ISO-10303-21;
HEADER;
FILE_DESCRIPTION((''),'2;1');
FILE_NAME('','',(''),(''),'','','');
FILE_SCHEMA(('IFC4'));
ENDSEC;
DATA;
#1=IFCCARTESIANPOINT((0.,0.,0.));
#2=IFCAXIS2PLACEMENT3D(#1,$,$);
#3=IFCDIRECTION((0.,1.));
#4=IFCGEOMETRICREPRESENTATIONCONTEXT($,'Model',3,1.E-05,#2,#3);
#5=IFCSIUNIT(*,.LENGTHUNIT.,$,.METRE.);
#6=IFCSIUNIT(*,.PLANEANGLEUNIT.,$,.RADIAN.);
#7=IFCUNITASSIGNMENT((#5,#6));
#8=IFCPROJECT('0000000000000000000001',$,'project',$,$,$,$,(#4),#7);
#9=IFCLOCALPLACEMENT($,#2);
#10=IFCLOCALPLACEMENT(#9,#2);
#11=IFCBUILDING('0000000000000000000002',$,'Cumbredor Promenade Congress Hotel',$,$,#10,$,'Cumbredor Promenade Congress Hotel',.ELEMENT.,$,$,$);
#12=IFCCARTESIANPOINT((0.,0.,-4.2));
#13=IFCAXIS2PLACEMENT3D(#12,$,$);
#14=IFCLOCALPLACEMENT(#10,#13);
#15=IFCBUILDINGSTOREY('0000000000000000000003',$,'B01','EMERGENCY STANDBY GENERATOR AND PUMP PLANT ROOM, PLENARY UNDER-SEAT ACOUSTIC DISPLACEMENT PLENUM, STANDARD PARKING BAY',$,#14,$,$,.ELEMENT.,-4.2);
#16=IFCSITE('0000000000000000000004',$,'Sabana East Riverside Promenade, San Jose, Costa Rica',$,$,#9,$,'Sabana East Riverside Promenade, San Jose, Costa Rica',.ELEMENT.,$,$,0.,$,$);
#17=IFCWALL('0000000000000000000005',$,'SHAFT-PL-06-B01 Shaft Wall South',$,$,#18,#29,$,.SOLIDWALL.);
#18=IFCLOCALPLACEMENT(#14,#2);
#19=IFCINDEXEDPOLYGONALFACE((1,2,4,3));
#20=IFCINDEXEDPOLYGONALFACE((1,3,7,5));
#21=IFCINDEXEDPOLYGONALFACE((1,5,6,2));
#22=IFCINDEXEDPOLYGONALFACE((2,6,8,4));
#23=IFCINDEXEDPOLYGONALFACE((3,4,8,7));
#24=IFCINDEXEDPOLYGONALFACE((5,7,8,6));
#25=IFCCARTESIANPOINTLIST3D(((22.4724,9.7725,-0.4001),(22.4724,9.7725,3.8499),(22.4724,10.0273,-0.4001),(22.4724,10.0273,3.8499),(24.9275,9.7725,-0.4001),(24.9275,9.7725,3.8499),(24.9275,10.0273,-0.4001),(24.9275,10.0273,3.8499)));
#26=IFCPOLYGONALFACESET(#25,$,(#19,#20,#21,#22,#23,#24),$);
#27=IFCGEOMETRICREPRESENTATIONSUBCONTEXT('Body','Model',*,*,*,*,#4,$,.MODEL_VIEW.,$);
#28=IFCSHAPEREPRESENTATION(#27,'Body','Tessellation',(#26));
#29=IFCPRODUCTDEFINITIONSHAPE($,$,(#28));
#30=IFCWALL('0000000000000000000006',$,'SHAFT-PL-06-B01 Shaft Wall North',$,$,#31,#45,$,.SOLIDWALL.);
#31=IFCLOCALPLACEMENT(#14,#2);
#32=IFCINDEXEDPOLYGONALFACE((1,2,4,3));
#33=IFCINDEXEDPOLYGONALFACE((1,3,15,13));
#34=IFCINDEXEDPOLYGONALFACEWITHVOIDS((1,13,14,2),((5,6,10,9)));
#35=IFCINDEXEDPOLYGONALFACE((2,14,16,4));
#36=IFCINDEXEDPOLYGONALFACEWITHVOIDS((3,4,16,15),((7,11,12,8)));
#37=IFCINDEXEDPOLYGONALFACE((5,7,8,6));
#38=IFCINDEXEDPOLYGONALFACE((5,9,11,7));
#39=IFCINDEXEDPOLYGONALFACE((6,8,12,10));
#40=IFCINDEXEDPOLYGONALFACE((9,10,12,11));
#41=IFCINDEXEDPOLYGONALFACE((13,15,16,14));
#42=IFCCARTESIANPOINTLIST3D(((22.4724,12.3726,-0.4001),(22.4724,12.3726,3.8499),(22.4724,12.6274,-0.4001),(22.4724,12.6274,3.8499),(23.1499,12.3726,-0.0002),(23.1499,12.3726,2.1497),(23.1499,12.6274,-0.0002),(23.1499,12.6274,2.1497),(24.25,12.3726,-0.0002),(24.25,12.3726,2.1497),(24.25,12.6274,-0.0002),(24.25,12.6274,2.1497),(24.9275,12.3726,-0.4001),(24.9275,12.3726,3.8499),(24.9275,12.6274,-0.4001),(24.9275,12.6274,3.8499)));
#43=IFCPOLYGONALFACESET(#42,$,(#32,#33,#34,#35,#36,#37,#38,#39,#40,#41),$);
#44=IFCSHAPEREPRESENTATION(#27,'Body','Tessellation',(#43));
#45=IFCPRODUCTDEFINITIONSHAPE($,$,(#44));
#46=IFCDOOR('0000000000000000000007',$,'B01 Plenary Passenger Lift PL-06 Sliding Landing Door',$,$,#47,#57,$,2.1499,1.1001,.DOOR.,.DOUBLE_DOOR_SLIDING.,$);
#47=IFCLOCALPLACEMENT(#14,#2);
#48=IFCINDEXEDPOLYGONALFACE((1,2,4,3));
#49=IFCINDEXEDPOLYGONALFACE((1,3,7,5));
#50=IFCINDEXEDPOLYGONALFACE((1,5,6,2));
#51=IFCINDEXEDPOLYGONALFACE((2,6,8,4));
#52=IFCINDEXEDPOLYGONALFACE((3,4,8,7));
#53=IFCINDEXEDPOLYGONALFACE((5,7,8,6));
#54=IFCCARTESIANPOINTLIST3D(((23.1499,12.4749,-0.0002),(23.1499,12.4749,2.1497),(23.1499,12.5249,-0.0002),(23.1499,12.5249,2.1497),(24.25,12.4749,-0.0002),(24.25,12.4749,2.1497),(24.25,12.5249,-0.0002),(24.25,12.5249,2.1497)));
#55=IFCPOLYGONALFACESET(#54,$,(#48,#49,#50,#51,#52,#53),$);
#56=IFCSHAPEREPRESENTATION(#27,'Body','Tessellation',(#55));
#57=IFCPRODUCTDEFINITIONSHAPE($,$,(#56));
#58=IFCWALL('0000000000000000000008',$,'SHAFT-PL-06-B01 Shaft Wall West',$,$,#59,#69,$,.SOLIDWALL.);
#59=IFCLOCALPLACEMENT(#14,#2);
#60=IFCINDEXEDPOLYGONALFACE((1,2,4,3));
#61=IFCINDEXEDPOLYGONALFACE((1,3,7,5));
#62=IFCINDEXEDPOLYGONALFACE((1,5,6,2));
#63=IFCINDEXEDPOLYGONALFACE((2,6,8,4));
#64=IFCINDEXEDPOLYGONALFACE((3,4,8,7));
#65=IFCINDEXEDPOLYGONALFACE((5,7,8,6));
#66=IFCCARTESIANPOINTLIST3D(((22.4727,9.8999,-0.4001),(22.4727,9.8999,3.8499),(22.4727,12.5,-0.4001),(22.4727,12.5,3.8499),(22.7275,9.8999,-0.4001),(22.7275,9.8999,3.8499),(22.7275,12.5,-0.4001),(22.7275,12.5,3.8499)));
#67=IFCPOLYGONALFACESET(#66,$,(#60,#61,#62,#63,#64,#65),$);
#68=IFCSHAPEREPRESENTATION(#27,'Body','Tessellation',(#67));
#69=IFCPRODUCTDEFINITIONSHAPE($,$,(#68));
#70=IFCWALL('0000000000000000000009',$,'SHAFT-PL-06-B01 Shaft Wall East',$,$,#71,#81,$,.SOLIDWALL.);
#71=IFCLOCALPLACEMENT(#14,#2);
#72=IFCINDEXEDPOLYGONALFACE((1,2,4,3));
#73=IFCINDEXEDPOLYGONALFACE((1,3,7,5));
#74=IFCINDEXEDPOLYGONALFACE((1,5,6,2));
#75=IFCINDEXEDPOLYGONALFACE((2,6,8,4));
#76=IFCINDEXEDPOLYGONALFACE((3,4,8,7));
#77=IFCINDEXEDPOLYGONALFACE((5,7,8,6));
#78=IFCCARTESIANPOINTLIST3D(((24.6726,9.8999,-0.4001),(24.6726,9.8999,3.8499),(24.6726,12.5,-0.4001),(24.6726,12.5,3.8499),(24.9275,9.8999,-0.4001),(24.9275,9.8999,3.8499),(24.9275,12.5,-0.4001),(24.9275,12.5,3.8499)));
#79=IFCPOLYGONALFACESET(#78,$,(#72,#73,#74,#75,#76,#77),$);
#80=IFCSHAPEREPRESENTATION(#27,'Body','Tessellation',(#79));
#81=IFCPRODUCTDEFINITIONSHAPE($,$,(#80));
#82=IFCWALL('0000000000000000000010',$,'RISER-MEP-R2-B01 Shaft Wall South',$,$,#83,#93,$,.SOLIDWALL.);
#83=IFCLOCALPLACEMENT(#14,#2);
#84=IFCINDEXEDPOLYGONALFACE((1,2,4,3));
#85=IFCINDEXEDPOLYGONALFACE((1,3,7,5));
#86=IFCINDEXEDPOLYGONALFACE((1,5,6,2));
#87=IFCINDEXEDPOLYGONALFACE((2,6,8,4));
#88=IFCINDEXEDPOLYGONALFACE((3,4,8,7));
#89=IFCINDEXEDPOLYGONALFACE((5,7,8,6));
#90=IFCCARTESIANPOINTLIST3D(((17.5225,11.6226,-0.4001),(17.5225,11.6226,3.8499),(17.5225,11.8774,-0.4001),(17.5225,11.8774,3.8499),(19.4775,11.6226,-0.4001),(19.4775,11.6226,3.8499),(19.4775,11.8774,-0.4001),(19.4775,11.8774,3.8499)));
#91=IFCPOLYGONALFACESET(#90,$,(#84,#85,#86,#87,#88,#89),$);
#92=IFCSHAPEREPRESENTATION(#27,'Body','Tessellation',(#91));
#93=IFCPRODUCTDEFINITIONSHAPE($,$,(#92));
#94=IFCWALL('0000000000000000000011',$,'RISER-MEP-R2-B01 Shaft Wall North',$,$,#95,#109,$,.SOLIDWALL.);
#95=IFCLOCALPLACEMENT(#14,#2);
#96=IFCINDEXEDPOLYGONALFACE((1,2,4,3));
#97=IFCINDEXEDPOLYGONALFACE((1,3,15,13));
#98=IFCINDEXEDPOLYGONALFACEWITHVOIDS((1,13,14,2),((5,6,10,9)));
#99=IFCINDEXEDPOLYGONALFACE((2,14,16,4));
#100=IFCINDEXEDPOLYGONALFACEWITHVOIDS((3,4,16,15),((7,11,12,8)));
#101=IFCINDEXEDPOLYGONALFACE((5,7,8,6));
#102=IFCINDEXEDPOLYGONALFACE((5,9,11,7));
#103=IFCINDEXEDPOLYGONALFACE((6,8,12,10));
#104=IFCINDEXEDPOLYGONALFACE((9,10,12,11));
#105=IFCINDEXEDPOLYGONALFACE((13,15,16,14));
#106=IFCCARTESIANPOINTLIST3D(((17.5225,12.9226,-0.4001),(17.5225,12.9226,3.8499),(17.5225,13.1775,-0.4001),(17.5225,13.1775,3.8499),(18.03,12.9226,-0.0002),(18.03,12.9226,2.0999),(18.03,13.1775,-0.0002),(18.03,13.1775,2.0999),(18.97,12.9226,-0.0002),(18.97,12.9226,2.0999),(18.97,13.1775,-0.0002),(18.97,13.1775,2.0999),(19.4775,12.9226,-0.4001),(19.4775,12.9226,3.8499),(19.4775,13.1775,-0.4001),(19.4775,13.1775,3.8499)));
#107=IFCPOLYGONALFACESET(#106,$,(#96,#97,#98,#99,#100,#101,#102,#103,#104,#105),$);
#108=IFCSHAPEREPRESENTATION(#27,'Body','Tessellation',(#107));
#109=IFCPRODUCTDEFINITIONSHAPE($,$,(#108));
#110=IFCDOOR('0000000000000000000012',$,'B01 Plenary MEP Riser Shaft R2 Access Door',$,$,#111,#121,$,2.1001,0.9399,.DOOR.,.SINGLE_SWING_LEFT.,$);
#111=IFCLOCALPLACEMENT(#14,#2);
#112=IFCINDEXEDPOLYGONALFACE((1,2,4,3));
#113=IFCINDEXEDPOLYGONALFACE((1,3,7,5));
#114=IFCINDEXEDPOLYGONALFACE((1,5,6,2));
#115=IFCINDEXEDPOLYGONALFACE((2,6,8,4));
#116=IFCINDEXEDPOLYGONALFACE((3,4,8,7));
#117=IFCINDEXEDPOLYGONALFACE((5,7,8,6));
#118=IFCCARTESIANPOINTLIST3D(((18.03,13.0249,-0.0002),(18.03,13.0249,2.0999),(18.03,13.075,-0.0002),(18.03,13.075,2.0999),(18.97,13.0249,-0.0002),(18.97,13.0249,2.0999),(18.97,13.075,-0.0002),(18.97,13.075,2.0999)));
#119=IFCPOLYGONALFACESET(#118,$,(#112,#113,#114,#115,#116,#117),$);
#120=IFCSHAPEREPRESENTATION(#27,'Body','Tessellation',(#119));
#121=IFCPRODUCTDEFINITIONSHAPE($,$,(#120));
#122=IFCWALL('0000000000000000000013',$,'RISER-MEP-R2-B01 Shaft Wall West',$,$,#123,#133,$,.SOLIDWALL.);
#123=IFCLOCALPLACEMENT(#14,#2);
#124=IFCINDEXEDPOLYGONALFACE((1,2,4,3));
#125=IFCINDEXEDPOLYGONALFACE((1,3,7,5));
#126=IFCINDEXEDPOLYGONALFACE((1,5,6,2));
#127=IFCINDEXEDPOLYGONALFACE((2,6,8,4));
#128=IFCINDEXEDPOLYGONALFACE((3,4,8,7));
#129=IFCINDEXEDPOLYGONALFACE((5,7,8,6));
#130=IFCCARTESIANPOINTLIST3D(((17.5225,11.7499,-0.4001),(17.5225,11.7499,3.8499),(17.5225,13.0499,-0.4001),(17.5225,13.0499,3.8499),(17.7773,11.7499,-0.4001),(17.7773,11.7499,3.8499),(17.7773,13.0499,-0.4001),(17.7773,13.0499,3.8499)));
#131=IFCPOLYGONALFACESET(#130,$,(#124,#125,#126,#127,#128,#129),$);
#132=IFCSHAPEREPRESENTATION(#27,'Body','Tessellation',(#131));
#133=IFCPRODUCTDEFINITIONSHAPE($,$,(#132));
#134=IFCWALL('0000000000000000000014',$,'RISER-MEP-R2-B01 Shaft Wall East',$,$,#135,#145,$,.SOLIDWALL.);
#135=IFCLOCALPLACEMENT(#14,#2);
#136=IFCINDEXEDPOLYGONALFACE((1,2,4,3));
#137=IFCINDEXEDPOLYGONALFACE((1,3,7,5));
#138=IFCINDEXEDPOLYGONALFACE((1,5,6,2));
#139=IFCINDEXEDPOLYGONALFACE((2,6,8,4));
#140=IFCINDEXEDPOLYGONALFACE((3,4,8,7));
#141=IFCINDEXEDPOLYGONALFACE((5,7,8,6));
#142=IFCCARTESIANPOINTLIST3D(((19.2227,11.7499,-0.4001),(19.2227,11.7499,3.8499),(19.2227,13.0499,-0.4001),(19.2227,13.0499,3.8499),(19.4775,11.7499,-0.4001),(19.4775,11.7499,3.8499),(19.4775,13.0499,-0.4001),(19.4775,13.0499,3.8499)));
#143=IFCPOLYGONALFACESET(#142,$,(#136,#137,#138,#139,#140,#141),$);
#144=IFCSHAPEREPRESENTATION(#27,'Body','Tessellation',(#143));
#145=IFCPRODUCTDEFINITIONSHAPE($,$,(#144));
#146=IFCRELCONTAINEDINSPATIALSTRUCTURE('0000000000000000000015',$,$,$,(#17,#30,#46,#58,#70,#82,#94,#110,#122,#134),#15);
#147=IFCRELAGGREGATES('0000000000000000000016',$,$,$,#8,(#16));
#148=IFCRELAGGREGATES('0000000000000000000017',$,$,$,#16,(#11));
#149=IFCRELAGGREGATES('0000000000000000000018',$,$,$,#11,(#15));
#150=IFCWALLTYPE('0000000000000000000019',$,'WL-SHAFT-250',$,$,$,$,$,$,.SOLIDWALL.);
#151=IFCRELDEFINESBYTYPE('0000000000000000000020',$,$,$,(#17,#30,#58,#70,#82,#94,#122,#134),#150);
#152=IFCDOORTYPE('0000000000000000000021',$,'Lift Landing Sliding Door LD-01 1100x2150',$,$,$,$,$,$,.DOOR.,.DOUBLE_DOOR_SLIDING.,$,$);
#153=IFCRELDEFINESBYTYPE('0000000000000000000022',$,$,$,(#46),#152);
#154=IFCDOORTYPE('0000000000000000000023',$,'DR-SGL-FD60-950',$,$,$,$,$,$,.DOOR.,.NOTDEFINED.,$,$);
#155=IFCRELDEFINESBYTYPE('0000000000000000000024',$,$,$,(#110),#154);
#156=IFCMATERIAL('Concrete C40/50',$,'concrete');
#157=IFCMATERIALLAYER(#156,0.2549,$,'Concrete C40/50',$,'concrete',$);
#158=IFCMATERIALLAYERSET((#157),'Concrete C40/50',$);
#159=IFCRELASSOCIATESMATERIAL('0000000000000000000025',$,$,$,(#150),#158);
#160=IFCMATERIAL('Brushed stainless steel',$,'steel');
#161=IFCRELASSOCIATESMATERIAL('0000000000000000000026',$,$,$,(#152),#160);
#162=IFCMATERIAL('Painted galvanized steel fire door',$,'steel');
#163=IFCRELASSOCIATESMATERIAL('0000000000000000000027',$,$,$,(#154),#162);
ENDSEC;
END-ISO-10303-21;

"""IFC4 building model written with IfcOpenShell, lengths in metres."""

from ifc_helpers import new_model, si_unit, direction, frame, frame_2d, origin, place, context, subcontext, project, spatial, rectangle, extrude, material, layer, layer_set, type_object, element, fill, save


model = new_model("IFC4")

# Units and contexts
model_context = context("Model", 3, precision=1e-05, world=origin(), true_north=direction((0.0, 1.0)))
body_context = subcontext(model_context, "Body", "Model", "MODEL_VIEW")
ifc_project = project(units=[si_unit("LENGTHUNIT", "METRE"), si_unit("PLANEANGLEUNIT", "RADIAN")], contexts=[model_context])

# Site, building, storey
site_placement = place(None, origin())
site = spatial("IfcSite", under=ifc_project, at=site_placement, Name="Sabana East Riverside Promenade, San Jose, Costa Rica", LongName="Sabana East Riverside Promenade, San Jose, Costa Rica", CompositionType="ELEMENT", RefElevation=0.0)
building_placement = place(site_placement, origin())
building = spatial("IfcBuilding", under=site, at=building_placement, Name="Cumbredor Promenade Congress Hotel", LongName="Cumbredor Promenade Congress Hotel", CompositionType="ELEMENT")
storey_placement = place(building_placement, frame((0.0, 0.0, -4.2)))
storey = spatial("IfcBuildingStorey", under=building, at=storey_placement, Name="B01", Description="EMERGENCY STANDBY GENERATOR AND PUMP PLANT ROOM, PLENARY UNDER-SEAT ACOUSTIC DISPLACEMENT PLENUM, STANDARD PARKING BAY", CompositionType="ELEMENT", Elevation=-4.2)

# Shared definitions
ifc_material_1 = material(Name="Concrete C40/50", Category="concrete")

# Shared definitions
ifc_layer_1 = layer(ifc_material_1, 0.2549, Name="Concrete C40/50", Category="concrete")
ifc_layer_set_1 = layer_set([ifc_layer_1], Name="Concrete C40/50")
wall_type_1 = type_object("IfcWallType", Name="WL-SHAFT-250", PredefinedType="SOLIDWALL", material=ifc_layer_set_1)

# Shared definitions
ifc_material_2 = material(Name="Brushed stainless steel", Category="steel")
door_type_1 = type_object("IfcDoorType", Name="Lift Landing Sliding Door LD-01 1100x2150", OperationType="DOUBLE_DOOR_SLIDING", PredefinedType="DOOR", material=ifc_material_2)

# Wall
wall_1_placement = place(storey_placement, frame((22.4724, 9.8999, -0.4001), z_axis=(0.0, 0.0, 1.0), x_axis=(1.0, 0.0, 0.0)))
element("IfcWall", 1, at=wall_1_placement, inside=storey, type_object=wall_type_1, Name="SHAFT-PL-06-B01 Shaft Wall South", PredefinedType="SOLIDWALL", context=body_context, shape_type="SweptSolid", body=[
    extrude(rectangle(XDim=2.4551, YDim=0.2549, at=frame_2d((1.2275, 0.0))), origin(), (0.0, 0.0, 1.0), 4.25),
])

# Wall, opening, door
wall_2_placement = place(storey_placement, frame((22.4724, 12.5, -0.4001), z_axis=(0.0, 0.0, 1.0), x_axis=(1.0, 0.0, 0.0)))
wall_2 = element("IfcWall", 2, at=wall_2_placement, inside=storey, type_object=wall_type_1, Name="SHAFT-PL-06-B01 Shaft Wall North", PredefinedType="SOLIDWALL", context=body_context, shape_type="SweptSolid", body=[
    extrude(rectangle(XDim=2.4551, YDim=0.2549, at=frame_2d((1.2275, 0.0))), origin(), (0.0, 0.0, 1.0), 4.25),
])
opening_1_placement = place(wall_2_placement, frame((0.6775, 0.0, 0.3999)))
opening_1 = element("IfcOpeningElement", 3, at=opening_1_placement, cuts=wall_2, PredefinedType="OPENING", context=body_context, shape_type="SweptSolid", body=[
    extrude(rectangle(XDim=1.1001, YDim=2.1499, at=frame_2d((0.55, 1.075))), frame((0.0, 0.1375, 0.0), z_axis=(0.0, -1.0, 0.0), x_axis=(1.0, 0.0, 0.0)), (0.0, 0.0, 1.0), 0.2749),
])
door_1_placement = place(opening_1_placement, origin())
door_1 = element("IfcDoor", 4, at=door_1_placement, inside=storey, type_object=door_type_1, Name="B01 Plenary Passenger Lift PL-06 Sliding Landing Door", OperationType="DOUBLE_DOOR_SLIDING", OverallHeight=2.1499, OverallWidth=1.1001, PredefinedType="DOOR", context=body_context, shape_type="SweptSolid", body=[
    extrude(rectangle(XDim=1.1001, YDim=2.1499, at=frame_2d((0.55, 1.075))), frame((0.0, 0.0249, 0.0), z_axis=(0.0, -1.0, 0.0), x_axis=(1.0, 0.0, 0.0)), (0.0, 0.0, 1.0), 0.05),
])
fill(opening_1, door_1)

# Walls
for number, where, z_axis, x_axis, name in (
    (5, (22.6001, 9.8999, -0.4001), (0.0, 0.0, 1.0), (0.0, 1.0, 0.0), "SHAFT-PL-06-B01 Shaft Wall West"),
    (6, (24.8, 9.8999, -0.4001), (0.0, 0.0, 1.0), (0.0, 1.0, 0.0), "SHAFT-PL-06-B01 Shaft Wall East"),
):
    element("IfcWall", number, at=place(storey_placement, frame(where, z_axis=z_axis, x_axis=x_axis)), inside=storey, type_object=wall_type_1, Name=name, PredefinedType="SOLIDWALL", context=body_context, shape_type="SweptSolid", body=[
        extrude(rectangle(XDim=2.6001, YDim=0.2549, at=frame_2d((1.3, 0.0))), origin(), (0.0, 0.0, 1.0), 4.25),
    ])
wall_3_placement = place(storey_placement, frame((17.5225, 11.75, -0.4001), z_axis=(0.0, 0.0, 1.0), x_axis=(1.0, 0.0, 0.0)))
element("IfcWall", 7, at=wall_3_placement, inside=storey, type_object=wall_type_1, Name="RISER-MEP-R2-B01 Shaft Wall South", PredefinedType="SOLIDWALL", context=body_context, shape_type="SweptSolid", body=[
    extrude(rectangle(XDim=1.9551, YDim=0.2549, at=frame_2d((0.9775, 0.0))), origin(), (0.0, 0.0, 1.0), 4.25),
])

# Wall, opening, door
wall_4_placement = place(storey_placement, frame((17.5225, 13.05, -0.4001), z_axis=(0.0, 0.0, 1.0), x_axis=(1.0, 0.0, 0.0)))
wall_4 = element("IfcWall", 8, at=wall_4_placement, inside=storey, type_object=wall_type_1, Name="RISER-MEP-R2-B01 Shaft Wall North", PredefinedType="SOLIDWALL", context=body_context, shape_type="SweptSolid", body=[
    extrude(rectangle(XDim=1.9551, YDim=0.2549, at=frame_2d((0.9775, 0.0))), origin(), (0.0, 0.0, 1.0), 4.25),
])
opening_2_placement = place(wall_4_placement, frame((0.5076, 0.0, 0.3999)))
opening_2 = element("IfcOpeningElement", 9, at=opening_2_placement, cuts=wall_4, PredefinedType="OPENING", context=body_context, shape_type="SweptSolid", body=[
    extrude(rectangle(XDim=0.9399, YDim=2.1001, at=frame_2d((0.47, 1.05))), frame((0.0, 0.1375, 0.0), z_axis=(0.0, -1.0, 0.0), x_axis=(1.0, 0.0, 0.0)), (0.0, 0.0, 1.0), 0.2749),
])
ifc_material_3 = material(Name="Painted galvanized steel fire door", Category="steel")
door_type_2 = type_object("IfcDoorType", Name="DR-SGL-FD60-950", OperationType="NOTDEFINED", PredefinedType="DOOR", material=ifc_material_3)
door_2_placement = place(opening_2_placement, origin())
door_2 = element("IfcDoor", 10, at=door_2_placement, inside=storey, type_object=door_type_2, Name="B01 Plenary MEP Riser Shaft R2 Access Door", OperationType="SINGLE_SWING_LEFT", OverallHeight=2.1001, OverallWidth=0.9399, PredefinedType="DOOR", context=body_context, shape_type="SweptSolid", body=[
    extrude(rectangle(XDim=0.9399, YDim=2.1001, at=frame_2d((0.47, 1.05))), frame((0.0, 0.0249, 0.0), z_axis=(0.0, -1.0, 0.0), x_axis=(1.0, 0.0, 0.0)), (0.0, 0.0, 1.0), 0.05),
])
fill(opening_2, door_2)

# Walls
for number, where, z_axis, x_axis, name in (
    (11, (17.6499, 11.75, -0.4001), (0.0, 0.0, 1.0), (0.0, 1.0, 0.0), "RISER-MEP-R2-B01 Shaft Wall West"),
    (12, (19.3501, 11.75, -0.4001), (0.0, 0.0, 1.0), (0.0, 1.0, 0.0), "RISER-MEP-R2-B01 Shaft Wall East"),
):
    element("IfcWall", number, at=place(storey_placement, frame(where, z_axis=z_axis, x_axis=x_axis)), inside=storey, type_object=wall_type_1, Name=name, PredefinedType="SOLIDWALL", context=body_context, shape_type="SweptSolid", body=[
        extrude(rectangle(XDim=1.3, YDim=0.2549, at=frame_2d((0.6499, 0.0))), origin(), (0.0, 0.0, 1.0), 4.25),
    ])

save(model, "model.ifc")
